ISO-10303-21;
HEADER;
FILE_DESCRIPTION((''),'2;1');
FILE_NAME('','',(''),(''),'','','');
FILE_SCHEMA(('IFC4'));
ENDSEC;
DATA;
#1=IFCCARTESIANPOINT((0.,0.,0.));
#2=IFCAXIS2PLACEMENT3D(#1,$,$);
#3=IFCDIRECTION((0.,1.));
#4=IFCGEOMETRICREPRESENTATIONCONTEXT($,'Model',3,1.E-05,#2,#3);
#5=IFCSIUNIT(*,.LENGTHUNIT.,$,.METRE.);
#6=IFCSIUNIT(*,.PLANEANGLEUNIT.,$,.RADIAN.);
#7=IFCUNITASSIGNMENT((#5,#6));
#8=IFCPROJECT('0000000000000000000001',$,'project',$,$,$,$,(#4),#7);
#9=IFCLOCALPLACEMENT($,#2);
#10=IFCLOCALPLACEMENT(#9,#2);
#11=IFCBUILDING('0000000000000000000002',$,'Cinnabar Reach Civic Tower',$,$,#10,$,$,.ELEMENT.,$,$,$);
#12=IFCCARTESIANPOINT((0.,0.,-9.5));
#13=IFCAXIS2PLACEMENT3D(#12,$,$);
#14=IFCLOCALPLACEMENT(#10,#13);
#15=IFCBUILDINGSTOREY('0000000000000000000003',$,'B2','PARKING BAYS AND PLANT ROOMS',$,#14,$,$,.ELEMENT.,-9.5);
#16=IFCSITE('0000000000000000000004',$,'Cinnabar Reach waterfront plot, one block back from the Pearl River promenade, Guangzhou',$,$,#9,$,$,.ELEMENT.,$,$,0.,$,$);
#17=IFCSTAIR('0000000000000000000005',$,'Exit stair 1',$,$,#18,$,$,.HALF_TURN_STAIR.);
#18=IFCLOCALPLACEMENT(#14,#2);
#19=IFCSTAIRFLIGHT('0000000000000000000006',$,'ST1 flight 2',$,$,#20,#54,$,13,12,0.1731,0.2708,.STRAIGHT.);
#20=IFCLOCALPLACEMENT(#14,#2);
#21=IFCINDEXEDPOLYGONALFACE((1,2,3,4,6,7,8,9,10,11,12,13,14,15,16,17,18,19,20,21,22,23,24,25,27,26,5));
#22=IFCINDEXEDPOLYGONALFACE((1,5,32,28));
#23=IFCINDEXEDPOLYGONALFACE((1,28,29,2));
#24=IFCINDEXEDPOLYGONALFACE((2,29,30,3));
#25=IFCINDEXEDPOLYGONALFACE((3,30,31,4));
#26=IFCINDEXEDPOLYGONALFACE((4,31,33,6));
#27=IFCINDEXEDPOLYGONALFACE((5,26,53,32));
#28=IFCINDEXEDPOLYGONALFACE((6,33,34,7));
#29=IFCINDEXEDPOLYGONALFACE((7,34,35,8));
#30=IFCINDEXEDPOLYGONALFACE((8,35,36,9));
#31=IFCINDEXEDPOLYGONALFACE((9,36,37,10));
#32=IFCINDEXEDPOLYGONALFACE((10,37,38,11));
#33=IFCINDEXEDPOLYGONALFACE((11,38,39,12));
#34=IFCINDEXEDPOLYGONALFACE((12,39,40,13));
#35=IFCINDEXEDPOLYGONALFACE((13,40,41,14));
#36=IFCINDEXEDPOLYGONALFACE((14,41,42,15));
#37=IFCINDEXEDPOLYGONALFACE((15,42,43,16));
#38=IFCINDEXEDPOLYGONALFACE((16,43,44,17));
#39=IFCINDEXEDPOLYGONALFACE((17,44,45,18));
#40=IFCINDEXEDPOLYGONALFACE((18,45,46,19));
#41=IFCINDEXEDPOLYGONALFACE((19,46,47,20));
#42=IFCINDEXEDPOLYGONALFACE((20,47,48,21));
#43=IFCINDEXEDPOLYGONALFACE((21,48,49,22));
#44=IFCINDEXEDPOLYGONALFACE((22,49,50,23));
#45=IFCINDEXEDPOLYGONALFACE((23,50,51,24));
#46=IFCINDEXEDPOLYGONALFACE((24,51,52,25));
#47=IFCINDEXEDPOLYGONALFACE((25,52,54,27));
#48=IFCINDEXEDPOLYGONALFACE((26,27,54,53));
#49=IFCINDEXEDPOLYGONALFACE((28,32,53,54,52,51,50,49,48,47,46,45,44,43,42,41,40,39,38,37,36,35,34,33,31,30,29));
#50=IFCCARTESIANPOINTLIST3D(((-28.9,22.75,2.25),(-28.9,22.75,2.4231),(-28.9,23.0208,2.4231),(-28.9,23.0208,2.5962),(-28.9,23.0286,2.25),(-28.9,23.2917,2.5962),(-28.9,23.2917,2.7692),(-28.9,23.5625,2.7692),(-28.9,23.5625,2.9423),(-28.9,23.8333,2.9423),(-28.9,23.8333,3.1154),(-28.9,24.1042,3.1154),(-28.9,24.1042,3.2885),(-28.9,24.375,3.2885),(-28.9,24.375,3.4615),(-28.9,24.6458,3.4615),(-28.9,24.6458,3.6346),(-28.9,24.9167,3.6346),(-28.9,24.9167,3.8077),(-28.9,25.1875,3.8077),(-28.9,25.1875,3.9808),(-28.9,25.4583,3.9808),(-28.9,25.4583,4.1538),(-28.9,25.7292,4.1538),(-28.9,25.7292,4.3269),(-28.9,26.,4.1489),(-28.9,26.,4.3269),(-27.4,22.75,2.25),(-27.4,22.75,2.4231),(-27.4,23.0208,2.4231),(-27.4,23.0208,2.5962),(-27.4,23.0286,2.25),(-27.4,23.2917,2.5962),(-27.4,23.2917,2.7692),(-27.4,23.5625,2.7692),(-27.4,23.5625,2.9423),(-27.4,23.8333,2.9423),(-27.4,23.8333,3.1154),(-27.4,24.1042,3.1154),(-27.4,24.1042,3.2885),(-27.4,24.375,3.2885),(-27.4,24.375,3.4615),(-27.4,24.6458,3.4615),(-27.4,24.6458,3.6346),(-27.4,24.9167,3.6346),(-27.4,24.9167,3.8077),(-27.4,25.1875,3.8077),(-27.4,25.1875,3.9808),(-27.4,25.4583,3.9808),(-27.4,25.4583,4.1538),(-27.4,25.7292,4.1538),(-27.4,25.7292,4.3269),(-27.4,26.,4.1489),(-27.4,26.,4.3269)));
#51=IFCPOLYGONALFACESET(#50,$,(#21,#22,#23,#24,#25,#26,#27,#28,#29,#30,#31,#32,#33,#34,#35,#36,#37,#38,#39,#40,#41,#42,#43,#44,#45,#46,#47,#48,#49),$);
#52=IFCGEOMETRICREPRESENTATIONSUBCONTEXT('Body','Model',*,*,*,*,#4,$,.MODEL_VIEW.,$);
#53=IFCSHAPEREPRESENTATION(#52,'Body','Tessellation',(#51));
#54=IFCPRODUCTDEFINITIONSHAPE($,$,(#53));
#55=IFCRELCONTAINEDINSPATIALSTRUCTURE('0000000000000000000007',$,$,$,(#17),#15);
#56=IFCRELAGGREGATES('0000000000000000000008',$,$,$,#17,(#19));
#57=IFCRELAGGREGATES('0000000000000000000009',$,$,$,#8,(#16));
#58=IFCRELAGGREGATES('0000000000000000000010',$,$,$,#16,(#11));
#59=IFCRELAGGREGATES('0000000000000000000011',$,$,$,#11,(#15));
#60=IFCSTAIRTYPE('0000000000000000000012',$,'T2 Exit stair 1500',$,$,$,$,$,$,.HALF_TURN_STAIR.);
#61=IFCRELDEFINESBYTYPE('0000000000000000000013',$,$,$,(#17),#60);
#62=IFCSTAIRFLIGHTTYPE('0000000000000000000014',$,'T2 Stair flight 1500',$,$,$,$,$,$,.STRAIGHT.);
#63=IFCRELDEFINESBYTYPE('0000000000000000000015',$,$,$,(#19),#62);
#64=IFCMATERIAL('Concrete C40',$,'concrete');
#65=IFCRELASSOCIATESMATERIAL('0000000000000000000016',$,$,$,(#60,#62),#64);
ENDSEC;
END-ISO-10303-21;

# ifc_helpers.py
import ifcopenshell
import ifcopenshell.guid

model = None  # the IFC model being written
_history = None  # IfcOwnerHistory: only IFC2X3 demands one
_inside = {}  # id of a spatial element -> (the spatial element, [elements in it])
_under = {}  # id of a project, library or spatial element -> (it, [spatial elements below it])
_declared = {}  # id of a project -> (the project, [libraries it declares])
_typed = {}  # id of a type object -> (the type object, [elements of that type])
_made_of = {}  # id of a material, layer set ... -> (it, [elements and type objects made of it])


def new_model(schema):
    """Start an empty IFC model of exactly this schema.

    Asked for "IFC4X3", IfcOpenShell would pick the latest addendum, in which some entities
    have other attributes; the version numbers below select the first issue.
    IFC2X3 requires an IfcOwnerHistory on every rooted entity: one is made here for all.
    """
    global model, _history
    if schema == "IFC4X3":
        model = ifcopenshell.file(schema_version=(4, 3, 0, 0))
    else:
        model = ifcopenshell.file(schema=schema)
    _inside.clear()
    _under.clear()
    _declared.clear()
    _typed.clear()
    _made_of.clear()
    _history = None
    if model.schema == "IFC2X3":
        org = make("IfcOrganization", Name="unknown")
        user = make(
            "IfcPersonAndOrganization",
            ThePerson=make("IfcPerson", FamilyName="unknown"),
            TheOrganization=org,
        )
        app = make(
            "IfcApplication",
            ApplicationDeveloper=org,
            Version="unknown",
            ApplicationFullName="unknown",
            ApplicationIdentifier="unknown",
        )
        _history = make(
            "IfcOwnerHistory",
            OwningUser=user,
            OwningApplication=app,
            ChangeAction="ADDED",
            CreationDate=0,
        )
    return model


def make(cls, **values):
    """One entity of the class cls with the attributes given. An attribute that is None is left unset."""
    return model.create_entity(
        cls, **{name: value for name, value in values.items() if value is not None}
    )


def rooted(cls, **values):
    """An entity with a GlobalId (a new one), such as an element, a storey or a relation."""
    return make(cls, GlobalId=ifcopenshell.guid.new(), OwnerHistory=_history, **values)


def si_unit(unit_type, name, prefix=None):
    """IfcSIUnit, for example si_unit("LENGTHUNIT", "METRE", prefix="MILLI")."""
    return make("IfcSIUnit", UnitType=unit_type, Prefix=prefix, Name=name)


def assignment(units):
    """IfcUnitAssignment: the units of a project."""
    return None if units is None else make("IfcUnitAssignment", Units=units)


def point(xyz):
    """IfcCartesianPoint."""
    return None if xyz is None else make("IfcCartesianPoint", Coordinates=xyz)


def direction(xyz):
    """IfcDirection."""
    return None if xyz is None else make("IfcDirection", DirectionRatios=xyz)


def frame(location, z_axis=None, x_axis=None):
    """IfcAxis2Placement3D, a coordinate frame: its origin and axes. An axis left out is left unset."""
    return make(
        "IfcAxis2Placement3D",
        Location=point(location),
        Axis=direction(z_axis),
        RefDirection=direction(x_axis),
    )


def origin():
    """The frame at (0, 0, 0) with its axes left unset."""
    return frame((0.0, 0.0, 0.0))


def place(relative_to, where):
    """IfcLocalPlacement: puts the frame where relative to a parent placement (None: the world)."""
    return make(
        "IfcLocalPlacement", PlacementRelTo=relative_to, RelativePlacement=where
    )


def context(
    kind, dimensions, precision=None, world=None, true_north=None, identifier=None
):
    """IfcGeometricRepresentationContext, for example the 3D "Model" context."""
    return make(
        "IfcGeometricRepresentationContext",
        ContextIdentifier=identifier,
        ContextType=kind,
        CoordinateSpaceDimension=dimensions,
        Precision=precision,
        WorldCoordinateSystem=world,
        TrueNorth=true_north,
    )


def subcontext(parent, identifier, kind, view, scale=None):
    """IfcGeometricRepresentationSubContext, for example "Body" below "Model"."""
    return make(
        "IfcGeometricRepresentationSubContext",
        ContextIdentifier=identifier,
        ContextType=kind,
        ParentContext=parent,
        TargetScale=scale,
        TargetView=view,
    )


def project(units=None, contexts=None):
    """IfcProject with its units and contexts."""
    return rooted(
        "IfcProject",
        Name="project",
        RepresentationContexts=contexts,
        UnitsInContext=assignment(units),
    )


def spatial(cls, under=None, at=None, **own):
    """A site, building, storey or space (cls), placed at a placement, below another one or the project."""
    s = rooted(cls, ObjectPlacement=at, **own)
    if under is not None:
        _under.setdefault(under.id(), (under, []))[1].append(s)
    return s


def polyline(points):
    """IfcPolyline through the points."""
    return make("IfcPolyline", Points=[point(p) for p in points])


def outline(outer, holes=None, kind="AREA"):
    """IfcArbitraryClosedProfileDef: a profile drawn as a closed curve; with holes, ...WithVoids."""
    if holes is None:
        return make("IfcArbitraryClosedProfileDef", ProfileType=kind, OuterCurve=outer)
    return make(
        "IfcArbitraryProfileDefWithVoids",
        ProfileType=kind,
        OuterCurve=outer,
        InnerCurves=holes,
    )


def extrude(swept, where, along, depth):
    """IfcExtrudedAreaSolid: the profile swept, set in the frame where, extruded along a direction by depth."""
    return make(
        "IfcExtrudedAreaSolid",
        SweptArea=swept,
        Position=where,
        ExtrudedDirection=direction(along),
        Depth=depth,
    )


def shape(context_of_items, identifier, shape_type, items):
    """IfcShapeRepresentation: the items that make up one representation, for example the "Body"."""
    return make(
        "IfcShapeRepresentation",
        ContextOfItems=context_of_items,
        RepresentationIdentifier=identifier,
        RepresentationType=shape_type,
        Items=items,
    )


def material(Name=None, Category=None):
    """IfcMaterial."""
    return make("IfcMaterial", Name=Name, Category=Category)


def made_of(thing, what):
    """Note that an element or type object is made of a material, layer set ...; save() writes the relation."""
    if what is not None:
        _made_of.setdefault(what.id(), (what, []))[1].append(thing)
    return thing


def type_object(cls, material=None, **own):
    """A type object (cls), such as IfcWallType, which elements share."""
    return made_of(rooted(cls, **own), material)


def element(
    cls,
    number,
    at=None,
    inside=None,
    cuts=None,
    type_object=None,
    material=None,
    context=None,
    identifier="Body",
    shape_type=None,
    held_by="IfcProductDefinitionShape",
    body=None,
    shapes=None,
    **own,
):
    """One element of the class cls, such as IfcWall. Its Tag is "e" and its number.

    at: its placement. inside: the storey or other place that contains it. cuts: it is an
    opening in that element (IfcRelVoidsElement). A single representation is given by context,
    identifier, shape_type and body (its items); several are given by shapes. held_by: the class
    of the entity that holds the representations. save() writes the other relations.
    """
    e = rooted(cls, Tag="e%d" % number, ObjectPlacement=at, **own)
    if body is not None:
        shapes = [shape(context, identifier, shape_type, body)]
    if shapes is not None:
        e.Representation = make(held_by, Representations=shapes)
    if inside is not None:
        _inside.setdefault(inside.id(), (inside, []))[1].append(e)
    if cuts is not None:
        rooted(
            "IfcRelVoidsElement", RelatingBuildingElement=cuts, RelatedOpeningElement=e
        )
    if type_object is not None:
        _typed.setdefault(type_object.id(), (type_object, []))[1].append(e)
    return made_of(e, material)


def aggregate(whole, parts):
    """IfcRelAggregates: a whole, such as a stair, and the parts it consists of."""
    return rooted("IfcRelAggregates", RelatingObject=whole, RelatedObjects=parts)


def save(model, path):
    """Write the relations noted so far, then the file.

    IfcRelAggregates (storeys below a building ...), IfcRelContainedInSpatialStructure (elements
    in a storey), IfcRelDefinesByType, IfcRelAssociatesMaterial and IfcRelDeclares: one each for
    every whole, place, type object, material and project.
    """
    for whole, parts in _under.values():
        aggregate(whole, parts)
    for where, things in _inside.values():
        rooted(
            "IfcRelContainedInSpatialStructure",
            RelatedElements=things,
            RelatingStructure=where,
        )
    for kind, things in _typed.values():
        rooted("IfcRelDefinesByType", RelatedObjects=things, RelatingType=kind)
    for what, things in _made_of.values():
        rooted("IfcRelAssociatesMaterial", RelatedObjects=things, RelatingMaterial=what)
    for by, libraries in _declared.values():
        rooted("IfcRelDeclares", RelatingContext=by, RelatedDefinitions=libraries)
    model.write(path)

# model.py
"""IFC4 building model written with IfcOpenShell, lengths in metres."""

from ifc_helpers import new_model, si_unit, direction, frame, origin, place, context, subcontext, project, spatial, polyline, outline, extrude, material, type_object, element, aggregate, save


model = new_model("IFC4")

# Units and contexts
model_context = context("Model", 3, precision=1e-05, world=origin(), true_north=direction((0.0, 1.0)))
body_context = subcontext(model_context, "Body", "Model", "MODEL_VIEW")
ifc_project = project(units=[si_unit("LENGTHUNIT", "METRE"), si_unit("PLANEANGLEUNIT", "RADIAN")], contexts=[model_context])

# Site, building, storey
site_placement = place(None, origin())
site = spatial("IfcSite", under=ifc_project, at=site_placement, Name="Cinnabar Reach waterfront plot, one block back from the Pearl River promenade, Guangzhou", CompositionType="ELEMENT", RefElevation=0.0)
building_placement = place(site_placement, origin())
building = spatial("IfcBuilding", under=site, at=building_placement, Name="Cinnabar Reach Civic Tower", CompositionType="ELEMENT")
storey_placement = place(building_placement, frame((0.0, 0.0, -9.5)))
storey = spatial("IfcBuildingStorey", under=building, at=storey_placement, Name="B2", Description="PARKING BAYS AND PLANT ROOMS", CompositionType="ELEMENT", Elevation=-9.5)

# Shared definitions
ifc_material_1 = material(Name="Concrete C40", Category="concrete")

# Stair, stair flight
stair_type = type_object("IfcStairType", Name="T2 Exit stair 1500", PredefinedType="HALF_TURN_STAIR", material=ifc_material_1)
stair_placement = place(storey_placement, origin())
stair = element("IfcStair", 1, at=stair_placement, inside=storey, type_object=stair_type, Name="Exit stair 1", PredefinedType="HALF_TURN_STAIR")
stair_flight_type = type_object("IfcStairFlightType", Name="T2 Stair flight 1500", PredefinedType="STRAIGHT", material=ifc_material_1)
stair_flight_1_placement = place(storey_placement, frame((-28.15, 22.75, 2.25), z_axis=(0.0, 0.0, 1.0), x_axis=(0.0, 1.0, 0.0)))
stair_flight_1 = element("IfcStairFlight", 2, at=stair_flight_1_placement, type_object=stair_flight_type, Name="ST1 flight 2", NumberOfRisers=13, NumberOfTreads=12, PredefinedType="STRAIGHT", RiserHeight=0.1731, TreadLength=0.2708, context=body_context, shape_type="SweptSolid", body=[
    extrude(outline(polyline([(0.0, 0.0), (0.0, 0.1731), (0.2708, 0.1731), (0.2708, 0.3462), (0.5417, 0.3462), (0.5417, 0.5192), (0.8125, 0.5192), (0.8125, 0.6923), (1.0833, 0.6923), (1.0833, 0.8654), (1.3542, 0.8654), (1.3542, 1.0385), (1.625, 1.0385), (1.625, 1.2115), (1.8958, 1.2115), (1.8958, 1.3846), (2.1667, 1.3846), (2.1667, 1.5577), (2.4375, 1.5577), (2.4375, 1.7308), (2.7083, 1.7308), (2.7083, 1.9038), (2.9792, 1.9038), (2.9792, 2.0769), (3.25, 2.0769), (3.25, 2.25), (3.25, 1.8989), (0.2786, 0.0), (0.0, 0.0)])), frame((0.0, 0.75, 0.0), z_axis=(0.0, -1.0, 0.0), x_axis=(1.0, 0.0, 0.0)), (0.0, 0.0, 1.0), 1.5),
])
aggregate(stair, [stair_flight_1])

save(model, "model.ifc")
